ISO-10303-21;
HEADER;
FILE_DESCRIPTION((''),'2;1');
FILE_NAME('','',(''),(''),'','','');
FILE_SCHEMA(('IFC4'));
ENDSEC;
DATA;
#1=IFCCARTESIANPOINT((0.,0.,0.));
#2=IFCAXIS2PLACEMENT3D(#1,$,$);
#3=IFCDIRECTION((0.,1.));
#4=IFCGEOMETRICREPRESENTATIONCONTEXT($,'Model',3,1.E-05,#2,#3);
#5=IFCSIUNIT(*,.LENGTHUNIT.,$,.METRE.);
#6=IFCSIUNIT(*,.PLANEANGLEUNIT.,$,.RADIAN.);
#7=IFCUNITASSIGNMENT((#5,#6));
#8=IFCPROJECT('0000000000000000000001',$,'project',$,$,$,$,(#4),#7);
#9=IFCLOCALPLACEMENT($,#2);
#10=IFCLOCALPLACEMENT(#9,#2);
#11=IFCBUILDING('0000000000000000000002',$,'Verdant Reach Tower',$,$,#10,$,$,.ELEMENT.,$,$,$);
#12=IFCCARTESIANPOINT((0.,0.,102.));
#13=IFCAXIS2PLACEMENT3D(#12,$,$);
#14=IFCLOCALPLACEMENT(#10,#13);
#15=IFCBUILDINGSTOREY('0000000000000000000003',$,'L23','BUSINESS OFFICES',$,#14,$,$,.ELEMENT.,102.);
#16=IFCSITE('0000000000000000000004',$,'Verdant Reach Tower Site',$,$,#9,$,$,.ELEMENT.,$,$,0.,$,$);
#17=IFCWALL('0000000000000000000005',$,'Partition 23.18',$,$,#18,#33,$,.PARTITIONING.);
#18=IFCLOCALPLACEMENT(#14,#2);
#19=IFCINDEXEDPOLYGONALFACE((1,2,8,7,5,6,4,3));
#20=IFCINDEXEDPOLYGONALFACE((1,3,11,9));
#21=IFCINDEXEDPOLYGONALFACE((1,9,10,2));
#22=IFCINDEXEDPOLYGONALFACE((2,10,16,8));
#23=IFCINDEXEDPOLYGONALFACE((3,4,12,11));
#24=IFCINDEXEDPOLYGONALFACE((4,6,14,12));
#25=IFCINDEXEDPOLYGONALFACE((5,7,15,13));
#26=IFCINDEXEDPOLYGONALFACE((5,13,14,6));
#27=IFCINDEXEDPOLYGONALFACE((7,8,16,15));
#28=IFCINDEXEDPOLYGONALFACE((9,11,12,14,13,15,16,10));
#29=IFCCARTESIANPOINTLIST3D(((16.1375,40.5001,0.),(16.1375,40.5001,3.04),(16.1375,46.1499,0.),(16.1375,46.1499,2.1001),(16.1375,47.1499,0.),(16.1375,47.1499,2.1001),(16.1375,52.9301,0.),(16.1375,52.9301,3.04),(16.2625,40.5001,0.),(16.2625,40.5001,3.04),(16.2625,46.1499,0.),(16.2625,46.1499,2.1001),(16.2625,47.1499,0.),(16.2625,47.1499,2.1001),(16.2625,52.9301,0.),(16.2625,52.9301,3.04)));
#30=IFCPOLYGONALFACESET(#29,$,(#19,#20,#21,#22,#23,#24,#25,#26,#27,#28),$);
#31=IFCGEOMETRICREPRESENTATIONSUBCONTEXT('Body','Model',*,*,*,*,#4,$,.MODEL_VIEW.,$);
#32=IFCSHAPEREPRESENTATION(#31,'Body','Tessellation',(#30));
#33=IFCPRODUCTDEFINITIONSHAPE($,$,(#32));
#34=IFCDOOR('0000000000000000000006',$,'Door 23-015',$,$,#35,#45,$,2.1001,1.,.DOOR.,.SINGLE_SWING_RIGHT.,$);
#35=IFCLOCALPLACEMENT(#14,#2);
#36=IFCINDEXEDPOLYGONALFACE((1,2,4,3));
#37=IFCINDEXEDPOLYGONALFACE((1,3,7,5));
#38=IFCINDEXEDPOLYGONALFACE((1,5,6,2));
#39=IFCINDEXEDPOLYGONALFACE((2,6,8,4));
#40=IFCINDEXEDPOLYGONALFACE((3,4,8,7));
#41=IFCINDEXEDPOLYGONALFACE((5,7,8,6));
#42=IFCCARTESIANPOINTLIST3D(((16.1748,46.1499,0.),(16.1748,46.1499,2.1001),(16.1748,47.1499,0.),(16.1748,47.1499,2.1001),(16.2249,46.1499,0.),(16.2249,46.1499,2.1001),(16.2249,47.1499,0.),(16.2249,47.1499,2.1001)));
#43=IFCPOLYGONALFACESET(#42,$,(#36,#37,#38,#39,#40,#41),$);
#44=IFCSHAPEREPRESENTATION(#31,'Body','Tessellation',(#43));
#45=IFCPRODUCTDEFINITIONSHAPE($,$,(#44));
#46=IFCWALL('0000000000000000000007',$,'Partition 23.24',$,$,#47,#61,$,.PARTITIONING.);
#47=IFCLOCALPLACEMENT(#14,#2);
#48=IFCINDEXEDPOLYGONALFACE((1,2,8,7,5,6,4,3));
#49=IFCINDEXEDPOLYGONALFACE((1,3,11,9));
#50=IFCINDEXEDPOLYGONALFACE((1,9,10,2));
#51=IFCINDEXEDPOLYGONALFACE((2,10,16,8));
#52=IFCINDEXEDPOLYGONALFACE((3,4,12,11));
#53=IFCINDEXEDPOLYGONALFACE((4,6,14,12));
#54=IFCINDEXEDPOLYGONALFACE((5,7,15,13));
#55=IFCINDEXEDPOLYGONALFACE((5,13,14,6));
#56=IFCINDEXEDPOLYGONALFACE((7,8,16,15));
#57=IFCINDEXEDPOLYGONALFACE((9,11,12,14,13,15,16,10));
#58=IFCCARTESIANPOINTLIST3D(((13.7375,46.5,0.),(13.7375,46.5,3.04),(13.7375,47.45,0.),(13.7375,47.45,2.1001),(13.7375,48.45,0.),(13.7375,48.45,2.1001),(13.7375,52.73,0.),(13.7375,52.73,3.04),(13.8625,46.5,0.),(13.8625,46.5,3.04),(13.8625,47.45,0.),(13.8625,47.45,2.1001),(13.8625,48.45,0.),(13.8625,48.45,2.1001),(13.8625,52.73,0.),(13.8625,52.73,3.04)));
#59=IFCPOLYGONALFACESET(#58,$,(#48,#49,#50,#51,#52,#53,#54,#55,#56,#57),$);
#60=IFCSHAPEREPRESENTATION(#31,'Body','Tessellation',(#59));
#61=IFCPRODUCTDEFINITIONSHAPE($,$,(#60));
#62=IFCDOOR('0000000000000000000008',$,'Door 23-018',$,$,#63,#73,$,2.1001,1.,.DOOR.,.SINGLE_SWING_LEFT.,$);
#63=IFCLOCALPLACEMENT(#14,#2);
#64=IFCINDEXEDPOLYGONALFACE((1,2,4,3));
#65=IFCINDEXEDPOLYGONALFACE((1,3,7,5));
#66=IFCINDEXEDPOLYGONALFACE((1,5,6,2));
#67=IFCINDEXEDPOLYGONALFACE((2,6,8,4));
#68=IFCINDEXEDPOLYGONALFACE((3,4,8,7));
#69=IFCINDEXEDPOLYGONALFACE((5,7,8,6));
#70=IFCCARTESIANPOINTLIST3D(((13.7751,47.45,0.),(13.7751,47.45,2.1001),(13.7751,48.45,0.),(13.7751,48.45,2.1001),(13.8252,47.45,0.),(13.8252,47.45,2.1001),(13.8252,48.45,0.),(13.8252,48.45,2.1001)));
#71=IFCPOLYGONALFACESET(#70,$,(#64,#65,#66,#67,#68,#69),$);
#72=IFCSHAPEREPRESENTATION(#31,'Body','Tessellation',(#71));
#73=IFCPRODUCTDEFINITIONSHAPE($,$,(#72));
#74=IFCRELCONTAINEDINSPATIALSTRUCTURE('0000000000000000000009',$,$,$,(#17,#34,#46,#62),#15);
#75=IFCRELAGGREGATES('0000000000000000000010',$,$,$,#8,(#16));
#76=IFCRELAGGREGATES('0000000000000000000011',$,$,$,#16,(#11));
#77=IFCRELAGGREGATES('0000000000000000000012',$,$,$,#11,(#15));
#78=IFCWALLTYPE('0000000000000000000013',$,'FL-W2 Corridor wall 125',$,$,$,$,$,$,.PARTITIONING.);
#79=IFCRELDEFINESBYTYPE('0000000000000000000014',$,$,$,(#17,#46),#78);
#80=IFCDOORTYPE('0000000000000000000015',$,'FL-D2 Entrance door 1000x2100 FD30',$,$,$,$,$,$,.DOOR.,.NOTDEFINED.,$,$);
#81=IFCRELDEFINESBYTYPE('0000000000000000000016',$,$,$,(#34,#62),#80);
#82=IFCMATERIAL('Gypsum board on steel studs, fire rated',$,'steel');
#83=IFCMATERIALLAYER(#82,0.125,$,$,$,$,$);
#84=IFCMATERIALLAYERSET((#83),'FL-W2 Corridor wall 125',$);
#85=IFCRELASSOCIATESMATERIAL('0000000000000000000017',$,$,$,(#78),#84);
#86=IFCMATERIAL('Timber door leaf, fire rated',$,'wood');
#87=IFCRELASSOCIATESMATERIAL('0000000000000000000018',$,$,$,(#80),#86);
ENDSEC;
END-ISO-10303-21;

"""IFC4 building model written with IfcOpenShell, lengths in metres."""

from ifc_helpers import new_model, si_unit, direction, frame, frame_2d, origin, place, context, subcontext, project, spatial, rectangle, extrude, material, layer, layer_set, type_object, element, fill, save


model = new_model("IFC4")

# Units and contexts
model_context = context("Model", 3, precision=1e-05, world=origin(), true_north=direction((0.0, 1.0)))
body_context = subcontext(model_context, "Body", "Model", "MODEL_VIEW")
ifc_project = project(units=[si_unit("LENGTHUNIT", "METRE"), si_unit("PLANEANGLEUNIT", "RADIAN")], contexts=[model_context])

# Site, building, storey
site_placement = place(None, origin())
site = spatial("IfcSite", under=ifc_project, at=site_placement, Name="Verdant Reach Tower Site", CompositionType="ELEMENT", RefElevation=0.0)
building_placement = place(site_placement, origin())
building = spatial("IfcBuilding", under=site, at=building_placement, Name="Verdant Reach Tower", CompositionType="ELEMENT")
storey_placement = place(building_placement, frame((0.0, 0.0, 102.0)))
storey = spatial("IfcBuildingStorey", under=building, at=storey_placement, Name="L23", Description="BUSINESS OFFICES", CompositionType="ELEMENT", Elevation=102.0)

# Walls, openings, doors
ifc_material_1 = material(Name="Gypsum board on steel studs, fire rated", Category="steel")
ifc_layer_1 = layer(ifc_material_1, 0.125)
ifc_layer_set_1 = layer_set([ifc_layer_1], Name="FL-W2 Corridor wall 125")
wall_type_1 = type_object("IfcWallType", Name="FL-W2 Corridor wall 125", PredefinedType="PARTITIONING", material=ifc_layer_set_1)
ifc_material_2 = material(Name="Timber door leaf, fire rated", Category="wood")
door_type_1 = type_object("IfcDoorType", Name="FL-D2 Entrance door 1000x2100 FD30", OperationType="NOTDEFINED", PredefinedType="DOOR", material=ifc_material_2)
wall_1_placement = place(storey_placement, frame((16.2, 52.9299, 0.0), z_axis=(0.0, 0.0, 1.0), x_axis=(0.0, -1.0, 0.0)))
wall_1 = element("IfcWall", 1, at=wall_1_placement, inside=storey, type_object=wall_type_1, Name="Partition 23.18", PredefinedType="PARTITIONING", context=body_context, shape_type="SweptSolid", body=[
    extrude(rectangle(XDim=12.4299, YDim=0.125, at=frame_2d((6.2148, 0.0))), origin(), (0.0, 0.0, 1.0), 3.04),
])
opening_1_placement = place(wall_1_placement, frame((5.78, 0.0, 0.0)))
opening_1 = element("IfcOpeningElement", 2, at=opening_1_placement, cuts=wall_1, PredefinedType="OPENING", context=body_context, shape_type="SweptSolid", body=[
    extrude(rectangle(XDim=1.0, YDim=2.1001, at=frame_2d((0.5, 1.05))), frame((0.0, 0.0725, 0.0), z_axis=(0.0, -1.0, 0.0), x_axis=(1.0, 0.0, 0.0)), (0.0, 0.0, 1.0), 0.145),
])
door_1_placement = place(opening_1_placement, origin())
door_1 = element("IfcDoor", 3, at=door_1_placement, inside=storey, type_object=door_type_1, Name="Door 23-015", OperationType="SINGLE_SWING_RIGHT", OverallHeight=2.1001, OverallWidth=1.0, PredefinedType="DOOR", context=body_context, shape_type="SweptSolid", body=[
    extrude(rectangle(XDim=1.0, YDim=2.1001, at=frame_2d((0.5, 1.05))), frame((0.0, 0.0249, 0.0), z_axis=(0.0, -1.0, 0.0), x_axis=(1.0, 0.0, 0.0)), (0.0, 0.0, 1.0), 0.05),
])
fill(opening_1, door_1)
wall_2_placement = place(storey_placement, frame((13.8, 46.5, 0.0), z_axis=(0.0, 0.0, 1.0), x_axis=(0.0, 1.0, 0.0)))
wall_2 = element("IfcWall", 4, at=wall_2_placement, inside=storey, type_object=wall_type_1, Name="Partition 23.24", PredefinedType="PARTITIONING", context=body_context, shape_type="SweptSolid", body=[
    extrude(rectangle(XDim=6.23, YDim=0.125, at=frame_2d((3.115, 0.0))), origin(), (0.0, 0.0, 1.0), 3.04),
])
opening_2_placement = place(wall_2_placement, frame((0.95, 0.0, 0.0)))
opening_2 = element("IfcOpeningElement", 5, at=opening_2_placement, cuts=wall_2, PredefinedType="OPENING", context=body_context, shape_type="SweptSolid", body=[
    extrude(rectangle(XDim=1.0, YDim=2.1001, at=frame_2d((0.5, 1.05))), frame((0.0, 0.0725, 0.0), z_axis=(0.0, -1.0, 0.0), x_axis=(1.0, 0.0, 0.0)), (0.0, 0.0, 1.0), 0.145),
])
door_2_placement = place(opening_2_placement, origin())
door_2 = element("IfcDoor", 6, at=door_2_placement, inside=storey, type_object=door_type_1, Name="Door 23-018", OperationType="SINGLE_SWING_LEFT", OverallHeight=2.1001, OverallWidth=1.0, PredefinedType="DOOR", context=body_context, shape_type="SweptSolid", body=[
    extrude(rectangle(XDim=1.0, YDim=2.1001, at=frame_2d((0.5, 1.05))), frame((0.0, 0.0249, 0.0), z_axis=(0.0, -1.0, 0.0), x_axis=(1.0, 0.0, 0.0)), (0.0, 0.0, 1.0), 0.05),
])
fill(opening_2, door_2)

save(model, "model.ifc")
